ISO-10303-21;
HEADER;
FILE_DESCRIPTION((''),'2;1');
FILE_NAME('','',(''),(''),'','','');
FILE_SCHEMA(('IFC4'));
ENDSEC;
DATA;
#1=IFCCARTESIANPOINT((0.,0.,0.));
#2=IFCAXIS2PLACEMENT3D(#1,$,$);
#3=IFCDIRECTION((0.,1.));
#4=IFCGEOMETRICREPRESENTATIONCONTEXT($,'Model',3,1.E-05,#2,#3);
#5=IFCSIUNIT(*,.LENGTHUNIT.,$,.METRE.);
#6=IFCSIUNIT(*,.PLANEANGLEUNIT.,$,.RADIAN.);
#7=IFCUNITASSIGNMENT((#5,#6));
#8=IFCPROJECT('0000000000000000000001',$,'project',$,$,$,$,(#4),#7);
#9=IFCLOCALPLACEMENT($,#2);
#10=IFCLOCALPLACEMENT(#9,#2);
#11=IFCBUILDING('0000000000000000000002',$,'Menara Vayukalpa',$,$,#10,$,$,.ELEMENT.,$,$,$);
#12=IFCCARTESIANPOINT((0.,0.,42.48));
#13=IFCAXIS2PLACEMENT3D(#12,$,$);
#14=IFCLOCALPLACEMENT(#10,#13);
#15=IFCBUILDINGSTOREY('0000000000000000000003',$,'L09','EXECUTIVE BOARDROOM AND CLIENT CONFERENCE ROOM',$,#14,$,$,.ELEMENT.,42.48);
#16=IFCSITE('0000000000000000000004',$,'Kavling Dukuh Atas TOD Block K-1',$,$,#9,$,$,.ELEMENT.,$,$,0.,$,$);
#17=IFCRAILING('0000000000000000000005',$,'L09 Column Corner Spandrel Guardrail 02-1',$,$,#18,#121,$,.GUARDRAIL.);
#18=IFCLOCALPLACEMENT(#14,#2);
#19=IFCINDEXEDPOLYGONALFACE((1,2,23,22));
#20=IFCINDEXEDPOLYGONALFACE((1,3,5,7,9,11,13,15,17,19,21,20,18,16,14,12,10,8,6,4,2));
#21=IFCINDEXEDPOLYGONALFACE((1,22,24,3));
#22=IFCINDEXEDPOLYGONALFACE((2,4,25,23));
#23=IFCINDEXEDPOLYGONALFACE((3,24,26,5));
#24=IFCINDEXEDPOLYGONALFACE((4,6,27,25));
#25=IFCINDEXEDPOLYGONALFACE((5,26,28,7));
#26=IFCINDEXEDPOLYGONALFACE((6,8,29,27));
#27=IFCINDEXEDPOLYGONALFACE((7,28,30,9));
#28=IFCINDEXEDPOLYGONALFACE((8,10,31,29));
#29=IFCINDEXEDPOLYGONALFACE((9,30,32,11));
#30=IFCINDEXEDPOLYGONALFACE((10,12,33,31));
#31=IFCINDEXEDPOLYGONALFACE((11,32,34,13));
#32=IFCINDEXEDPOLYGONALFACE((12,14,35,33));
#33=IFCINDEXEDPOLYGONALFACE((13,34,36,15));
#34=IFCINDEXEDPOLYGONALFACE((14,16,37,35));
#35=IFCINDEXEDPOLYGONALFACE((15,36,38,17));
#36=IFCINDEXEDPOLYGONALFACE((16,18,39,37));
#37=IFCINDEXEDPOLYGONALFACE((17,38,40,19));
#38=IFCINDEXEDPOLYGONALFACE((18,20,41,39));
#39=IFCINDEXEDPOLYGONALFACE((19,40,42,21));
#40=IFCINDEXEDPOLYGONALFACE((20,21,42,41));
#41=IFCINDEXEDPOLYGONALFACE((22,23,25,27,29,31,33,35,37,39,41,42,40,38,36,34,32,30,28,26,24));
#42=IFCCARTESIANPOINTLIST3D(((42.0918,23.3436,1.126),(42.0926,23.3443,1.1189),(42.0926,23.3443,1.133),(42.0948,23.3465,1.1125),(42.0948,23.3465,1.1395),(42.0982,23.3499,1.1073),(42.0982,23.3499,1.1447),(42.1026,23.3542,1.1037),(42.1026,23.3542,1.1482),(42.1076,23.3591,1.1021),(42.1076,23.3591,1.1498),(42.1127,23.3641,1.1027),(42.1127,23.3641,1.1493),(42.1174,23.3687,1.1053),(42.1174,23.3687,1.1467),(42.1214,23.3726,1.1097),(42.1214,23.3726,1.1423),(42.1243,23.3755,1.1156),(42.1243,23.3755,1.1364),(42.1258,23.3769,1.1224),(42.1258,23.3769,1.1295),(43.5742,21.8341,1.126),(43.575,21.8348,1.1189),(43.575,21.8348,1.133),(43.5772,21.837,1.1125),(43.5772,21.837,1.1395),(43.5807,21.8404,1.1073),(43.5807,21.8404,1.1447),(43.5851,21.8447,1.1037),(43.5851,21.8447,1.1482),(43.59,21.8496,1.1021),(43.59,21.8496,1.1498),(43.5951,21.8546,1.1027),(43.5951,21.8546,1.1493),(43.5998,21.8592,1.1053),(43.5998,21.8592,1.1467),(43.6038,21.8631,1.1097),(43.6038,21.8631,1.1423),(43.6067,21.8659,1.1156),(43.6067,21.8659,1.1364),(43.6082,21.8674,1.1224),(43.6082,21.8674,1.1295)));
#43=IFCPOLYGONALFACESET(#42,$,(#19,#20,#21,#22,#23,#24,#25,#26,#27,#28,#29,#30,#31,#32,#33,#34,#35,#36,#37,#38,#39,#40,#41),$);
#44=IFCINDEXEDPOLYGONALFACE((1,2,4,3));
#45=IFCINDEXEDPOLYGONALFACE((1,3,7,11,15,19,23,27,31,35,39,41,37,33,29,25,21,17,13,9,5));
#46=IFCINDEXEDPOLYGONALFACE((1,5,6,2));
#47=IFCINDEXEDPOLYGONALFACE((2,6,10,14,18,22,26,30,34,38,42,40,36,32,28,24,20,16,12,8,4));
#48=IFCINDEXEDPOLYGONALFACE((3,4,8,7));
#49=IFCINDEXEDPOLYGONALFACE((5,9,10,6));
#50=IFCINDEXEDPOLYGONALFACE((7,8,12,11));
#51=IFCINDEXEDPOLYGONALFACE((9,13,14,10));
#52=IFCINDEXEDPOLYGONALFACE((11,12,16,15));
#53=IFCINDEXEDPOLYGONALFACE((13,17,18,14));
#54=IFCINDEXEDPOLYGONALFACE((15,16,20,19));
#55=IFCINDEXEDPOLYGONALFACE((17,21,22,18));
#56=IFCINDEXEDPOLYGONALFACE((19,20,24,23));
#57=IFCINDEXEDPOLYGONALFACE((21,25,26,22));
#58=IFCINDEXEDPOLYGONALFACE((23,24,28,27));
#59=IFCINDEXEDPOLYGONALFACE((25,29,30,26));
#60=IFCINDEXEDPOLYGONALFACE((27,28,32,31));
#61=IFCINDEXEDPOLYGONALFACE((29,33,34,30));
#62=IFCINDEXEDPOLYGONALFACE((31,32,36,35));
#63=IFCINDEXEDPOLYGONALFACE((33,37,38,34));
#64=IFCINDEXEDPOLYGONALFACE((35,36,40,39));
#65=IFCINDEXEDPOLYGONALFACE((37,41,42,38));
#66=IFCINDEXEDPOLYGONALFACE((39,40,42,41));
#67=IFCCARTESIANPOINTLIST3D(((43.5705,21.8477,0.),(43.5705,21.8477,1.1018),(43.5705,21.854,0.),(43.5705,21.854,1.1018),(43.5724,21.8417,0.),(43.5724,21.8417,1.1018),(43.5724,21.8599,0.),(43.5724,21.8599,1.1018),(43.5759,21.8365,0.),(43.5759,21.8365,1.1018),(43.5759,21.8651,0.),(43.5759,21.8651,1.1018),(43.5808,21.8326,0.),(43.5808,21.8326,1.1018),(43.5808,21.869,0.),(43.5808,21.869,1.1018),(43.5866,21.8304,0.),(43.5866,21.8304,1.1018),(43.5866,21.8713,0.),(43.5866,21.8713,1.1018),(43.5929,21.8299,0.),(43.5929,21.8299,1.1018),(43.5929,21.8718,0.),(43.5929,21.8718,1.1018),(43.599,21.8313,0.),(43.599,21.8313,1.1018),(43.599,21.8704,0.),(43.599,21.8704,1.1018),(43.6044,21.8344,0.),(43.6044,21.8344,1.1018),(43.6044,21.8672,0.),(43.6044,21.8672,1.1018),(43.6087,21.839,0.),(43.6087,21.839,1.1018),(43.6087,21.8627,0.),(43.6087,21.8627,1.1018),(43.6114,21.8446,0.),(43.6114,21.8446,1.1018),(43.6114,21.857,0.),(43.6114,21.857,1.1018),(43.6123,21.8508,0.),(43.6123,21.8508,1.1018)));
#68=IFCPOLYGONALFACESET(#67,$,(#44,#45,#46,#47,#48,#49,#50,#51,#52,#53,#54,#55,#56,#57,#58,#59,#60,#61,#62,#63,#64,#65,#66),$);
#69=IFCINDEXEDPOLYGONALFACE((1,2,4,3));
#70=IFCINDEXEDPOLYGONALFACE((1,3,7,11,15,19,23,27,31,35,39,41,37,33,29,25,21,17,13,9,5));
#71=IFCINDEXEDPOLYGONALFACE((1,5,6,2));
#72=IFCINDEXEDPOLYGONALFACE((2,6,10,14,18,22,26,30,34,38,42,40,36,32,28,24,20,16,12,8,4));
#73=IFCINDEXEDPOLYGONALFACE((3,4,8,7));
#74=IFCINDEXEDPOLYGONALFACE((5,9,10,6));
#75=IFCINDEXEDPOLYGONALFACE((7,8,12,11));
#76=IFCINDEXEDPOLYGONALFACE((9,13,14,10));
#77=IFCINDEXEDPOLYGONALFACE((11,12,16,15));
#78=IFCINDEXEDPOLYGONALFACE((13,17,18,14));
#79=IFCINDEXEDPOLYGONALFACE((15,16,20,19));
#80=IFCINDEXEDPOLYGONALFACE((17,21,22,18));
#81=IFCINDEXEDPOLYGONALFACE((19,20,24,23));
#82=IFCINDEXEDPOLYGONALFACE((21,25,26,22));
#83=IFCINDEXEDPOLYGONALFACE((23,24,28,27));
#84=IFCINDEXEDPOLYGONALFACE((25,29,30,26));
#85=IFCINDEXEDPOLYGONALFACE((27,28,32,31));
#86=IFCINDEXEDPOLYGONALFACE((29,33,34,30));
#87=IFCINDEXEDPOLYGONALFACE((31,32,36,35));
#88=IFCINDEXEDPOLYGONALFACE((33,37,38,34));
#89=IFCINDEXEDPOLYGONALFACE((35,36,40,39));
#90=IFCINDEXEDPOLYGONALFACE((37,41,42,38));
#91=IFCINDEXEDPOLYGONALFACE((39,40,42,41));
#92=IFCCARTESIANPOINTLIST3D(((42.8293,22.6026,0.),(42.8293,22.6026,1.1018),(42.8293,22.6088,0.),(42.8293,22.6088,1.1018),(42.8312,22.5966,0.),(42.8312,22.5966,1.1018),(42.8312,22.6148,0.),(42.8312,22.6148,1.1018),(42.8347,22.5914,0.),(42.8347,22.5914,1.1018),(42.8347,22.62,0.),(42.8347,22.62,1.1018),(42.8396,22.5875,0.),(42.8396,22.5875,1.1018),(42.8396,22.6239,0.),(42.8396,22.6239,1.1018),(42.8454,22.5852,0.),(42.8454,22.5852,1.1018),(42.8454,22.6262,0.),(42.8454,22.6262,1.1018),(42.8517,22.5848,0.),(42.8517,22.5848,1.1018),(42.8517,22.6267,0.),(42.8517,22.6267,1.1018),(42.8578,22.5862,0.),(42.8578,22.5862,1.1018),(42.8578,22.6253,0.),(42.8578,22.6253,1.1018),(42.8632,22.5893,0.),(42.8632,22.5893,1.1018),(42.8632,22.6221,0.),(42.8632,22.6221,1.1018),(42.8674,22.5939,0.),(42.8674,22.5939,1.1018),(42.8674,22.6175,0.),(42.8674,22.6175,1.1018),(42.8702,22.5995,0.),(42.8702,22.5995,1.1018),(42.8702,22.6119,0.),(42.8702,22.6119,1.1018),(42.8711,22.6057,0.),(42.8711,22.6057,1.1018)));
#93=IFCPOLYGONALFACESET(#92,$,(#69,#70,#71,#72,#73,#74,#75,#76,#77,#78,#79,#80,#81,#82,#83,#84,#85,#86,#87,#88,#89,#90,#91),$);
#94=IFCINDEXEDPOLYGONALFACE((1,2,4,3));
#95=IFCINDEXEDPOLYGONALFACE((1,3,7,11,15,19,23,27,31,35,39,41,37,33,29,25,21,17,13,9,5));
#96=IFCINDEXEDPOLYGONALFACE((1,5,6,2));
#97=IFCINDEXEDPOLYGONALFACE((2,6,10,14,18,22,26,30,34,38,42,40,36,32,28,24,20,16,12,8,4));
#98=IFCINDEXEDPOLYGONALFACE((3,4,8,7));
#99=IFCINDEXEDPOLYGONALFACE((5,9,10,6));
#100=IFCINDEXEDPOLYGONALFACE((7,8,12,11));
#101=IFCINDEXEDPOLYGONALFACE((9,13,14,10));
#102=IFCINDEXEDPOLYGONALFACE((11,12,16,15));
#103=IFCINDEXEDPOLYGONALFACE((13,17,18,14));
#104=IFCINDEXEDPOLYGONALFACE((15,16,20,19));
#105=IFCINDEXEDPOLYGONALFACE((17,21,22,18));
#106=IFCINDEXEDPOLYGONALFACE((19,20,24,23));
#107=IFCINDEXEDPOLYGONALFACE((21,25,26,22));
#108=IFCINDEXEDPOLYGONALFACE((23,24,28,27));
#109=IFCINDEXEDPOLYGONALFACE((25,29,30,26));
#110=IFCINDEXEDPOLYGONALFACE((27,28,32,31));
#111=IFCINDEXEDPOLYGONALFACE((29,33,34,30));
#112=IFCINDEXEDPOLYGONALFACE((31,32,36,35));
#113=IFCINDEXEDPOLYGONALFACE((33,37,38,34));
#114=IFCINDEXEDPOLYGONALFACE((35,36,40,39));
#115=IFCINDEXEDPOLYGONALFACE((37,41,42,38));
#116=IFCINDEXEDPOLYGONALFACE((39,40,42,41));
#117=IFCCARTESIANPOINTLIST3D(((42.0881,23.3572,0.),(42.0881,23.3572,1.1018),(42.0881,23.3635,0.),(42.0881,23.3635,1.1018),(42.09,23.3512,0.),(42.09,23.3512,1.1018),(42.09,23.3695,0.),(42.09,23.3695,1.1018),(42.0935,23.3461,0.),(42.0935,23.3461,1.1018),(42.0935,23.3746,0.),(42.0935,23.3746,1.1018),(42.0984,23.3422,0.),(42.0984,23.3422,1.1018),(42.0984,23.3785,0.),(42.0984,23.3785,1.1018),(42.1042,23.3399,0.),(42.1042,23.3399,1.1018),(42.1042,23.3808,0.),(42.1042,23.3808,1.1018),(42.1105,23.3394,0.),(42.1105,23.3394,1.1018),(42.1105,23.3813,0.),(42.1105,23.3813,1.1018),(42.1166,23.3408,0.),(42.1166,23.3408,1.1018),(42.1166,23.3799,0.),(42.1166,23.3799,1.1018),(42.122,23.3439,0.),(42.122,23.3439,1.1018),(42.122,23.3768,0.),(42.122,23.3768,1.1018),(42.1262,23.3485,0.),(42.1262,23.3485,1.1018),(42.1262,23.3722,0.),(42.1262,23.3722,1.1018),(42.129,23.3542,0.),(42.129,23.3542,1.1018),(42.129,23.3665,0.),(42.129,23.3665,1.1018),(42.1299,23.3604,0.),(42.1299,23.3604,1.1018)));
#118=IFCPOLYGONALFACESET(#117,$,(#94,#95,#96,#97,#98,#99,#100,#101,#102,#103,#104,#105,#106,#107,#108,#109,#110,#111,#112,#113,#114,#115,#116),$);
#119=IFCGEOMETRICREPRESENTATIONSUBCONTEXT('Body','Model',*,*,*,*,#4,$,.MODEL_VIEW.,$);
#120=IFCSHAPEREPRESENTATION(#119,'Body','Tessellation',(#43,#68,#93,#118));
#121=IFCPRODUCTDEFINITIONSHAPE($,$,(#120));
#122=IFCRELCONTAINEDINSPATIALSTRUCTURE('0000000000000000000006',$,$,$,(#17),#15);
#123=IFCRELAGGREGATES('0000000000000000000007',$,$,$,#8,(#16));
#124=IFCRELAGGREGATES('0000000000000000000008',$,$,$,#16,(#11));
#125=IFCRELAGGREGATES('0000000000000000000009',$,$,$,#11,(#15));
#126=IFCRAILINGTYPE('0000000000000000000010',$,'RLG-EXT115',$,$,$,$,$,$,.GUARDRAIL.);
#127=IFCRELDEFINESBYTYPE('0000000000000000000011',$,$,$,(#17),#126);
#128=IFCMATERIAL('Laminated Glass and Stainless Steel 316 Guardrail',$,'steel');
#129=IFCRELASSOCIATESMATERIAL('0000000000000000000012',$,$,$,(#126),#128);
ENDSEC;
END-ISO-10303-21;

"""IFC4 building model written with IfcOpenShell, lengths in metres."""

from ifc_helpers import new_model, si_unit, direction, frame, origin, origin_2d, place, context, subcontext, project, spatial, circle, extrude, material, type_object, element, save


model = new_model("IFC4")

# Units and contexts
model_context = context("Model", 3, precision=1e-05, world=origin(), true_north=direction((0.0, 1.0)))
body_context = subcontext(model_context, "Body", "Model", "MODEL_VIEW")
ifc_project = project(units=[si_unit("LENGTHUNIT", "METRE"), si_unit("PLANEANGLEUNIT", "RADIAN")], contexts=[model_context])

# Site, building, storey
site_placement = place(None, origin())
site = spatial("IfcSite", under=ifc_project, at=site_placement, Name="Kavling Dukuh Atas TOD Block K-1", CompositionType="ELEMENT", RefElevation=0.0)
building_placement = place(site_placement, origin())
building = spatial("IfcBuilding", under=site, at=building_placement, Name="Menara Vayukalpa", CompositionType="ELEMENT")
storey_placement = place(building_placement, frame((0.0, 0.0, 42.48)))
storey = spatial("IfcBuildingStorey", under=building, at=storey_placement, Name="L09", Description="EXECUTIVE BOARDROOM AND CLIENT CONFERENCE ROOM", CompositionType="ELEMENT", Elevation=42.48)

# Railing
ifc_material_1 = material(Name="Laminated Glass and Stainless Steel 316 Guardrail", Category="steel")
railing_type = type_object("IfcRailingType", Name="RLG-EXT115", PredefinedType="GUARDRAIL", material=ifc_material_1)
railing_1_placement = place(storey_placement, frame((43.5913, 21.8508, 0.0)))
element("IfcRailing", 1, at=railing_1_placement, inside=storey, type_object=railing_type, Name="L09 Column Corner Spandrel Guardrail 02-1", PredefinedType="GUARDRAIL", context=body_context, shape_type="SweptSolid", body=[
    extrude(circle(Radius=0.0239, at=origin_2d()), frame((0.0, 0.0, 1.126), z_axis=(-0.700673, 0.713482, 0.0), x_axis=(-0.713482, -0.700673, 0.0)), (0.0, 0.0, 1.0), 2.1157),
    extrude(circle(Radius=0.021, at=origin_2d()), origin(), (0.0, 0.0, 1.0), 1.1018),
    extrude(circle(Radius=0.021, at=origin_2d()), frame((-0.7412, 0.7549, 0.0)), (0.0, 0.0, 1.0), 1.1018),
    extrude(circle(Radius=0.021, at=origin_2d()), frame((-1.4824, 1.5095, 0.0)), (0.0, 0.0, 1.0), 1.1018),
])

save(model, "model.ifc")
